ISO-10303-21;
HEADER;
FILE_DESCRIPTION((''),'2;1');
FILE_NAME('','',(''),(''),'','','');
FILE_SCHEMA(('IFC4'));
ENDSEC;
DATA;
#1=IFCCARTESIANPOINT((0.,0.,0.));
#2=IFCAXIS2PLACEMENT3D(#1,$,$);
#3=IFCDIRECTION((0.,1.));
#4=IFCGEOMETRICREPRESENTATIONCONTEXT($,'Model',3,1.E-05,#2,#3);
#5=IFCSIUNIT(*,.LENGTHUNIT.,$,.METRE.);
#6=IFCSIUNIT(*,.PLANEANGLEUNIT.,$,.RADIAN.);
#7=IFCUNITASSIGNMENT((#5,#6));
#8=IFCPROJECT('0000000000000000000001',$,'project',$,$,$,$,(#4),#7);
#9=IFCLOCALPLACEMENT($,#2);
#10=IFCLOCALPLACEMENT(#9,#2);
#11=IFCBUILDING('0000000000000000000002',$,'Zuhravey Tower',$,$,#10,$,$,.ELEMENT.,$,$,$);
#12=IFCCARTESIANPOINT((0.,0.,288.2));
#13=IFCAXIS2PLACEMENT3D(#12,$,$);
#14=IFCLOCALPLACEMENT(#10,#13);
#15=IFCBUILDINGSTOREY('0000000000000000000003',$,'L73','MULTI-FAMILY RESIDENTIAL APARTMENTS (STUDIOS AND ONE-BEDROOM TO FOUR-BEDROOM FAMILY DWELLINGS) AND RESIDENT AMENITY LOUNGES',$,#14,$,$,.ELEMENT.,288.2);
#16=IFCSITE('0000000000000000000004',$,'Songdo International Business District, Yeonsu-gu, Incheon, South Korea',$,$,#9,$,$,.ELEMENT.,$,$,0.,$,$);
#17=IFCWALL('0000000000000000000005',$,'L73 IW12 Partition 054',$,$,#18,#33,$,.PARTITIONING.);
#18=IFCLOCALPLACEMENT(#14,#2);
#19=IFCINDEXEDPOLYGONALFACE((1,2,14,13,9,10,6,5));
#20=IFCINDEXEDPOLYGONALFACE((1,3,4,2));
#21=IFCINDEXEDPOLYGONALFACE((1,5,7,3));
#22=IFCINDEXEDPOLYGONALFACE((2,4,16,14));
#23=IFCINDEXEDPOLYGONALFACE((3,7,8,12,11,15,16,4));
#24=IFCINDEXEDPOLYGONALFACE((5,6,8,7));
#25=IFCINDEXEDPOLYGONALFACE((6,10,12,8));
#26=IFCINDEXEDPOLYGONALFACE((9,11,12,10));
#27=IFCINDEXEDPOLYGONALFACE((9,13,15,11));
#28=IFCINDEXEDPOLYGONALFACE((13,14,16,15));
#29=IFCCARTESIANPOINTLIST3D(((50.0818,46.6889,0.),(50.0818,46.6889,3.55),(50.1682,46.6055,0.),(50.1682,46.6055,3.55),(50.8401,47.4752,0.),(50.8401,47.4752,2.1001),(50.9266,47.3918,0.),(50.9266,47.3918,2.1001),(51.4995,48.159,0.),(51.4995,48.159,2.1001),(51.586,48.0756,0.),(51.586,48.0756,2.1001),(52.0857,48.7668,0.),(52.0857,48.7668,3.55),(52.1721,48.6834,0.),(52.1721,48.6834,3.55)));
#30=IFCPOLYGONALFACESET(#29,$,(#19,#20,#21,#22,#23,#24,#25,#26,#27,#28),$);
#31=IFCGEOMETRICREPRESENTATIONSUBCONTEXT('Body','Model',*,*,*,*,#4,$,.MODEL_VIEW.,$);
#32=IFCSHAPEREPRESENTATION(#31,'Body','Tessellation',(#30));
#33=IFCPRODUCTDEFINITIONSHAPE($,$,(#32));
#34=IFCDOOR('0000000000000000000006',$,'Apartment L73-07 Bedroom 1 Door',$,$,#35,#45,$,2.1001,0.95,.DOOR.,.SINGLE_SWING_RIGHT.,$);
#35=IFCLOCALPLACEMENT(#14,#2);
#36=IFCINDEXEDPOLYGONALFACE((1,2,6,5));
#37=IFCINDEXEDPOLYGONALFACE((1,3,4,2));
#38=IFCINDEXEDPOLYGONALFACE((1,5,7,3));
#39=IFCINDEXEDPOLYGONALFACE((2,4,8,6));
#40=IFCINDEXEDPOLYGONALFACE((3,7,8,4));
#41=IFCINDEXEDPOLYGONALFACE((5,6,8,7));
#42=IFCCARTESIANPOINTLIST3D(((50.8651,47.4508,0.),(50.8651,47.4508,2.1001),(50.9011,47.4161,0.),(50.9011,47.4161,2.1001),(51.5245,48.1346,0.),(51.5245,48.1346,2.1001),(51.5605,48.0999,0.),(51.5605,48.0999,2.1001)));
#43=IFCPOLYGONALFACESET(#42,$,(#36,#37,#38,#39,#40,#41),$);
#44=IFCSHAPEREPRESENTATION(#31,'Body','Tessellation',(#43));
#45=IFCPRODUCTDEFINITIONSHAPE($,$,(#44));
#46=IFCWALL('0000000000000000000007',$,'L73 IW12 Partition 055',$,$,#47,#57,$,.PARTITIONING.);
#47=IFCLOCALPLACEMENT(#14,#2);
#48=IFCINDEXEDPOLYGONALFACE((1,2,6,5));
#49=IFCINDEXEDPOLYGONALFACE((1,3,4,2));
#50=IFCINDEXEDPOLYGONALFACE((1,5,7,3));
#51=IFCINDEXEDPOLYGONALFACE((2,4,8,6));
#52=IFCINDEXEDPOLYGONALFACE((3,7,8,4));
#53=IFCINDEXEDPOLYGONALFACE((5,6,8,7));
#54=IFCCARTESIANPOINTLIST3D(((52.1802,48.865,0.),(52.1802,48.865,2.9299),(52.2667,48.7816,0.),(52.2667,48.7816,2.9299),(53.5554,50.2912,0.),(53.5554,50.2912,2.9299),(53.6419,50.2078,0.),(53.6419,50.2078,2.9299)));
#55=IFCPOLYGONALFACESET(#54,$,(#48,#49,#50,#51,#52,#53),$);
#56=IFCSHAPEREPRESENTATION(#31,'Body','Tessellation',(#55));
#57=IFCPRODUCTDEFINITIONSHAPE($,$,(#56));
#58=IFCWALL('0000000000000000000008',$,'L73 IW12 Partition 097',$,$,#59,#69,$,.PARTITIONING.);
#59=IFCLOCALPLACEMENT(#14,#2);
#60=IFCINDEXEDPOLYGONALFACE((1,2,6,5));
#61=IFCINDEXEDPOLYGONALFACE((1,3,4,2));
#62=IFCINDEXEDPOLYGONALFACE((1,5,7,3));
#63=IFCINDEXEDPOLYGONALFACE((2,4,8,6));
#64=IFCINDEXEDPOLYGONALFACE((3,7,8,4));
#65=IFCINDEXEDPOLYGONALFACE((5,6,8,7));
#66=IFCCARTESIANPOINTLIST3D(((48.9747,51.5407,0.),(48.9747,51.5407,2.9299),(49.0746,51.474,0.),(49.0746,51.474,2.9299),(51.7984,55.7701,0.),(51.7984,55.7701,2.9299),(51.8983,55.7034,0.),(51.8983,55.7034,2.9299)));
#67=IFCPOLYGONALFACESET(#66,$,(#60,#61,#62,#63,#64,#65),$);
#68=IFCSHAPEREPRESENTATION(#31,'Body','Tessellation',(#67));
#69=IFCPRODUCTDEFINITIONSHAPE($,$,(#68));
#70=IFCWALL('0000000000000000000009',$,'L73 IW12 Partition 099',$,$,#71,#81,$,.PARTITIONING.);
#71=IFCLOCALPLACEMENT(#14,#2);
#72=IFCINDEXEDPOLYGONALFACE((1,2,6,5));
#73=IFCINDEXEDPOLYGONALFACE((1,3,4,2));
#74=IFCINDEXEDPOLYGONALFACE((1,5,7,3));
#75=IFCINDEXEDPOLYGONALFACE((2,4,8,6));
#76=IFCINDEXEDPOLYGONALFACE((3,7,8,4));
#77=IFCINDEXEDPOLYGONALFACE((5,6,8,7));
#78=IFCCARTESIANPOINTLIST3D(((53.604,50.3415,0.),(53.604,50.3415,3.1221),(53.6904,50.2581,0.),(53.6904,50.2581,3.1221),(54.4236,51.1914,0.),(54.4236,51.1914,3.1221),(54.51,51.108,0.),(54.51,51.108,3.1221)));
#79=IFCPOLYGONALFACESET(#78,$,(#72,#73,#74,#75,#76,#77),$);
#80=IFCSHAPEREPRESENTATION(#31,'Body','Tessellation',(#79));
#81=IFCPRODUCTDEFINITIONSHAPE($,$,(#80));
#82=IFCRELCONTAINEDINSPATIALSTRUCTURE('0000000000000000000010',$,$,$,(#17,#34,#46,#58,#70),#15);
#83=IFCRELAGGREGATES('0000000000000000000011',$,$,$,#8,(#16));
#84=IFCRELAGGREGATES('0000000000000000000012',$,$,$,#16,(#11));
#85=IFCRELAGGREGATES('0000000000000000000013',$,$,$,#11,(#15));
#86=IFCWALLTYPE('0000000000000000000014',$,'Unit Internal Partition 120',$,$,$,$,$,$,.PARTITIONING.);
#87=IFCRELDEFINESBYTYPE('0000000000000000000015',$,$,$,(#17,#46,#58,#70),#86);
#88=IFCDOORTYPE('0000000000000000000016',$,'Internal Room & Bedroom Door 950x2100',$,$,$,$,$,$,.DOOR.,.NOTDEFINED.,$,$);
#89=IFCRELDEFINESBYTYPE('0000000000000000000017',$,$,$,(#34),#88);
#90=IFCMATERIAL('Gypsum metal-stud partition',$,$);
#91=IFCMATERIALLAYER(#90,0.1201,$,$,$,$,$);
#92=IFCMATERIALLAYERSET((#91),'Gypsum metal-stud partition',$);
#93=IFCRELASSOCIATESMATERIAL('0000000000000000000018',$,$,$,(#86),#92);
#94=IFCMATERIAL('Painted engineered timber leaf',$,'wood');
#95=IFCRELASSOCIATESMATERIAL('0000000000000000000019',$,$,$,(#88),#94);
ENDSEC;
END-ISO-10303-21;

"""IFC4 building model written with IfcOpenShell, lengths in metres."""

from ifc_helpers import new_model, si_unit, direction, frame, frame_2d, origin, place, context, subcontext, project, spatial, rectangle, extrude, material, layer, layer_set, type_object, element, fill, save


model = new_model("IFC4")

# Units and contexts
model_context = context("Model", 3, precision=1e-05, world=origin(), true_north=direction((0.0, 1.0)))
body_context = subcontext(model_context, "Body", "Model", "MODEL_VIEW")
ifc_project = project(units=[si_unit("LENGTHUNIT", "METRE"), si_unit("PLANEANGLEUNIT", "RADIAN")], contexts=[model_context])

# Site, building, storey
site_placement = place(None, origin())
site = spatial("IfcSite", under=ifc_project, at=site_placement, Name="Songdo International Business District, Yeonsu-gu, Incheon, South Korea", CompositionType="ELEMENT", RefElevation=0.0)
building_placement = place(site_placement, origin())
building = spatial("IfcBuilding", under=site, at=building_placement, Name="Zuhravey Tower", CompositionType="ELEMENT")
storey_placement = place(building_placement, frame((0.0, 0.0, 288.2)))
storey = spatial("IfcBuildingStorey", under=building, at=storey_placement, Name="L73", Description="MULTI-FAMILY RESIDENTIAL APARTMENTS (STUDIOS AND ONE-BEDROOM TO FOUR-BEDROOM FAMILY DWELLINGS) AND RESIDENT AMENITY LOUNGES", CompositionType="ELEMENT", Elevation=288.2)

# Shared definitions
ifc_material_1 = material(Name="Gypsum metal-stud partition")
ifc_layer_1 = layer(ifc_material_1, 0.1201)
ifc_layer_set_1 = layer_set([ifc_layer_1], Name="Gypsum metal-stud partition")
wall_type_1 = type_object("IfcWallType", Name="Unit Internal Partition 120", PredefinedType="PARTITIONING", material=ifc_layer_set_1)
ifc_material_2 = material(Name="Painted engineered timber leaf", Category="wood")
door_type = type_object("IfcDoorType", Name="Internal Room & Bedroom Door 950x2100", OperationType="NOTDEFINED", PredefinedType="DOOR", material=ifc_material_2)

# Wall, opening, door
wall_1_placement = place(storey_placement, frame((50.125, 46.6472, 0.0), z_axis=(0.0, 0.0, 1.0), x_axis=(0.694178, 0.719804, 0.0)))
wall_1 = element("IfcWall", 1, at=wall_1_placement, inside=storey, type_object=wall_type_1, Name="L73 IW12 Partition 054", PredefinedType="PARTITIONING", context=body_context, shape_type="SweptSolid", body=[
    extrude(rectangle(XDim=2.8867, YDim=0.1201, at=frame_2d((1.4434, 0.0))), origin(), (0.0, 0.0, 1.0), 3.55),
])
opening_1_placement = place(wall_1_placement, frame((1.0923, 0.0, 0.0)))
opening_1 = element("IfcOpeningElement", 2, at=opening_1_placement, cuts=wall_1, PredefinedType="OPENING", context=body_context, shape_type="SweptSolid", body=[
    extrude(rectangle(XDim=0.95, YDim=2.1001, at=frame_2d((0.4751, 1.05))), frame((0.0, 0.072, 0.0), z_axis=(0.0, -1.0, 0.0), x_axis=(1.0, 0.0, 0.0)), (0.0, 0.0, 1.0), 0.144),
])
door_1_placement = place(opening_1_placement, frame((0.95, 0.0, 0.0), z_axis=(0.0, 0.0, 1.0), x_axis=(-1.0, 0.0, 0.0)))
door_1 = element("IfcDoor", 3, at=door_1_placement, inside=storey, type_object=door_type, Name="Apartment L73-07 Bedroom 1 Door", OperationType="SINGLE_SWING_RIGHT", OverallHeight=2.1001, OverallWidth=0.95, PredefinedType="DOOR", context=body_context, shape_type="SweptSolid", body=[
    extrude(rectangle(XDim=0.95, YDim=2.1001, at=frame_2d((0.4751, 1.05))), frame((0.0, 0.0249, 0.0), z_axis=(0.0, -1.0, 0.0), x_axis=(1.0, 0.0, 0.0)), (0.0, 0.0, 1.0), 0.05),
])
fill(opening_1, door_1)

# Walls
wall_2_placement = place(storey_placement, frame((52.2234, 48.8232, 0.0), z_axis=(0.0, 0.0, 1.0), x_axis=(0.694113, 0.719866, 0.0)))
element("IfcWall", 4, at=wall_2_placement, inside=storey, type_object=wall_type_1, Name="L73 IW12 Partition 055", PredefinedType="PARTITIONING", context=body_context, shape_type="SweptSolid", body=[
    extrude(rectangle(XDim=1.9812, YDim=0.1201, at=frame_2d((0.9907, 0.0))), origin(), (0.0, 0.0, 1.0), 2.9299),
])
wall_3_placement = place(storey_placement, frame((49.0247, 51.5073, 0.0), z_axis=(0.0, 0.0, 1.0), x_axis=(0.555254, 0.831681, 0.0)))
element("IfcWall", 5, at=wall_3_placement, inside=storey, type_object=wall_type_1, Name="L73 IW12 Partition 097", PredefinedType="PARTITIONING", context=body_context, shape_type="SweptSolid", body=[
    extrude(rectangle(XDim=5.0854, YDim=0.1201, at=frame_2d((2.5427, 0.0))), origin(), (0.0, 0.0, 1.0), 2.9299),
])
wall_4_placement = place(storey_placement, frame((53.6472, 50.2998, 0.0), z_axis=(0.0, 0.0, 1.0), x_axis=(0.69417, 0.719811, 0.0)))
element("IfcWall", 6, at=wall_4_placement, inside=storey, type_object=wall_type_1, Name="L73 IW12 Partition 099", PredefinedType="PARTITIONING", context=body_context, shape_type="SweptSolid", body=[
    extrude(rectangle(XDim=1.1807, YDim=0.1201, at=frame_2d((0.5903, 0.0))), origin(), (0.0, 0.0, 1.0), 3.1221),
])

save(model, "model.ifc")
